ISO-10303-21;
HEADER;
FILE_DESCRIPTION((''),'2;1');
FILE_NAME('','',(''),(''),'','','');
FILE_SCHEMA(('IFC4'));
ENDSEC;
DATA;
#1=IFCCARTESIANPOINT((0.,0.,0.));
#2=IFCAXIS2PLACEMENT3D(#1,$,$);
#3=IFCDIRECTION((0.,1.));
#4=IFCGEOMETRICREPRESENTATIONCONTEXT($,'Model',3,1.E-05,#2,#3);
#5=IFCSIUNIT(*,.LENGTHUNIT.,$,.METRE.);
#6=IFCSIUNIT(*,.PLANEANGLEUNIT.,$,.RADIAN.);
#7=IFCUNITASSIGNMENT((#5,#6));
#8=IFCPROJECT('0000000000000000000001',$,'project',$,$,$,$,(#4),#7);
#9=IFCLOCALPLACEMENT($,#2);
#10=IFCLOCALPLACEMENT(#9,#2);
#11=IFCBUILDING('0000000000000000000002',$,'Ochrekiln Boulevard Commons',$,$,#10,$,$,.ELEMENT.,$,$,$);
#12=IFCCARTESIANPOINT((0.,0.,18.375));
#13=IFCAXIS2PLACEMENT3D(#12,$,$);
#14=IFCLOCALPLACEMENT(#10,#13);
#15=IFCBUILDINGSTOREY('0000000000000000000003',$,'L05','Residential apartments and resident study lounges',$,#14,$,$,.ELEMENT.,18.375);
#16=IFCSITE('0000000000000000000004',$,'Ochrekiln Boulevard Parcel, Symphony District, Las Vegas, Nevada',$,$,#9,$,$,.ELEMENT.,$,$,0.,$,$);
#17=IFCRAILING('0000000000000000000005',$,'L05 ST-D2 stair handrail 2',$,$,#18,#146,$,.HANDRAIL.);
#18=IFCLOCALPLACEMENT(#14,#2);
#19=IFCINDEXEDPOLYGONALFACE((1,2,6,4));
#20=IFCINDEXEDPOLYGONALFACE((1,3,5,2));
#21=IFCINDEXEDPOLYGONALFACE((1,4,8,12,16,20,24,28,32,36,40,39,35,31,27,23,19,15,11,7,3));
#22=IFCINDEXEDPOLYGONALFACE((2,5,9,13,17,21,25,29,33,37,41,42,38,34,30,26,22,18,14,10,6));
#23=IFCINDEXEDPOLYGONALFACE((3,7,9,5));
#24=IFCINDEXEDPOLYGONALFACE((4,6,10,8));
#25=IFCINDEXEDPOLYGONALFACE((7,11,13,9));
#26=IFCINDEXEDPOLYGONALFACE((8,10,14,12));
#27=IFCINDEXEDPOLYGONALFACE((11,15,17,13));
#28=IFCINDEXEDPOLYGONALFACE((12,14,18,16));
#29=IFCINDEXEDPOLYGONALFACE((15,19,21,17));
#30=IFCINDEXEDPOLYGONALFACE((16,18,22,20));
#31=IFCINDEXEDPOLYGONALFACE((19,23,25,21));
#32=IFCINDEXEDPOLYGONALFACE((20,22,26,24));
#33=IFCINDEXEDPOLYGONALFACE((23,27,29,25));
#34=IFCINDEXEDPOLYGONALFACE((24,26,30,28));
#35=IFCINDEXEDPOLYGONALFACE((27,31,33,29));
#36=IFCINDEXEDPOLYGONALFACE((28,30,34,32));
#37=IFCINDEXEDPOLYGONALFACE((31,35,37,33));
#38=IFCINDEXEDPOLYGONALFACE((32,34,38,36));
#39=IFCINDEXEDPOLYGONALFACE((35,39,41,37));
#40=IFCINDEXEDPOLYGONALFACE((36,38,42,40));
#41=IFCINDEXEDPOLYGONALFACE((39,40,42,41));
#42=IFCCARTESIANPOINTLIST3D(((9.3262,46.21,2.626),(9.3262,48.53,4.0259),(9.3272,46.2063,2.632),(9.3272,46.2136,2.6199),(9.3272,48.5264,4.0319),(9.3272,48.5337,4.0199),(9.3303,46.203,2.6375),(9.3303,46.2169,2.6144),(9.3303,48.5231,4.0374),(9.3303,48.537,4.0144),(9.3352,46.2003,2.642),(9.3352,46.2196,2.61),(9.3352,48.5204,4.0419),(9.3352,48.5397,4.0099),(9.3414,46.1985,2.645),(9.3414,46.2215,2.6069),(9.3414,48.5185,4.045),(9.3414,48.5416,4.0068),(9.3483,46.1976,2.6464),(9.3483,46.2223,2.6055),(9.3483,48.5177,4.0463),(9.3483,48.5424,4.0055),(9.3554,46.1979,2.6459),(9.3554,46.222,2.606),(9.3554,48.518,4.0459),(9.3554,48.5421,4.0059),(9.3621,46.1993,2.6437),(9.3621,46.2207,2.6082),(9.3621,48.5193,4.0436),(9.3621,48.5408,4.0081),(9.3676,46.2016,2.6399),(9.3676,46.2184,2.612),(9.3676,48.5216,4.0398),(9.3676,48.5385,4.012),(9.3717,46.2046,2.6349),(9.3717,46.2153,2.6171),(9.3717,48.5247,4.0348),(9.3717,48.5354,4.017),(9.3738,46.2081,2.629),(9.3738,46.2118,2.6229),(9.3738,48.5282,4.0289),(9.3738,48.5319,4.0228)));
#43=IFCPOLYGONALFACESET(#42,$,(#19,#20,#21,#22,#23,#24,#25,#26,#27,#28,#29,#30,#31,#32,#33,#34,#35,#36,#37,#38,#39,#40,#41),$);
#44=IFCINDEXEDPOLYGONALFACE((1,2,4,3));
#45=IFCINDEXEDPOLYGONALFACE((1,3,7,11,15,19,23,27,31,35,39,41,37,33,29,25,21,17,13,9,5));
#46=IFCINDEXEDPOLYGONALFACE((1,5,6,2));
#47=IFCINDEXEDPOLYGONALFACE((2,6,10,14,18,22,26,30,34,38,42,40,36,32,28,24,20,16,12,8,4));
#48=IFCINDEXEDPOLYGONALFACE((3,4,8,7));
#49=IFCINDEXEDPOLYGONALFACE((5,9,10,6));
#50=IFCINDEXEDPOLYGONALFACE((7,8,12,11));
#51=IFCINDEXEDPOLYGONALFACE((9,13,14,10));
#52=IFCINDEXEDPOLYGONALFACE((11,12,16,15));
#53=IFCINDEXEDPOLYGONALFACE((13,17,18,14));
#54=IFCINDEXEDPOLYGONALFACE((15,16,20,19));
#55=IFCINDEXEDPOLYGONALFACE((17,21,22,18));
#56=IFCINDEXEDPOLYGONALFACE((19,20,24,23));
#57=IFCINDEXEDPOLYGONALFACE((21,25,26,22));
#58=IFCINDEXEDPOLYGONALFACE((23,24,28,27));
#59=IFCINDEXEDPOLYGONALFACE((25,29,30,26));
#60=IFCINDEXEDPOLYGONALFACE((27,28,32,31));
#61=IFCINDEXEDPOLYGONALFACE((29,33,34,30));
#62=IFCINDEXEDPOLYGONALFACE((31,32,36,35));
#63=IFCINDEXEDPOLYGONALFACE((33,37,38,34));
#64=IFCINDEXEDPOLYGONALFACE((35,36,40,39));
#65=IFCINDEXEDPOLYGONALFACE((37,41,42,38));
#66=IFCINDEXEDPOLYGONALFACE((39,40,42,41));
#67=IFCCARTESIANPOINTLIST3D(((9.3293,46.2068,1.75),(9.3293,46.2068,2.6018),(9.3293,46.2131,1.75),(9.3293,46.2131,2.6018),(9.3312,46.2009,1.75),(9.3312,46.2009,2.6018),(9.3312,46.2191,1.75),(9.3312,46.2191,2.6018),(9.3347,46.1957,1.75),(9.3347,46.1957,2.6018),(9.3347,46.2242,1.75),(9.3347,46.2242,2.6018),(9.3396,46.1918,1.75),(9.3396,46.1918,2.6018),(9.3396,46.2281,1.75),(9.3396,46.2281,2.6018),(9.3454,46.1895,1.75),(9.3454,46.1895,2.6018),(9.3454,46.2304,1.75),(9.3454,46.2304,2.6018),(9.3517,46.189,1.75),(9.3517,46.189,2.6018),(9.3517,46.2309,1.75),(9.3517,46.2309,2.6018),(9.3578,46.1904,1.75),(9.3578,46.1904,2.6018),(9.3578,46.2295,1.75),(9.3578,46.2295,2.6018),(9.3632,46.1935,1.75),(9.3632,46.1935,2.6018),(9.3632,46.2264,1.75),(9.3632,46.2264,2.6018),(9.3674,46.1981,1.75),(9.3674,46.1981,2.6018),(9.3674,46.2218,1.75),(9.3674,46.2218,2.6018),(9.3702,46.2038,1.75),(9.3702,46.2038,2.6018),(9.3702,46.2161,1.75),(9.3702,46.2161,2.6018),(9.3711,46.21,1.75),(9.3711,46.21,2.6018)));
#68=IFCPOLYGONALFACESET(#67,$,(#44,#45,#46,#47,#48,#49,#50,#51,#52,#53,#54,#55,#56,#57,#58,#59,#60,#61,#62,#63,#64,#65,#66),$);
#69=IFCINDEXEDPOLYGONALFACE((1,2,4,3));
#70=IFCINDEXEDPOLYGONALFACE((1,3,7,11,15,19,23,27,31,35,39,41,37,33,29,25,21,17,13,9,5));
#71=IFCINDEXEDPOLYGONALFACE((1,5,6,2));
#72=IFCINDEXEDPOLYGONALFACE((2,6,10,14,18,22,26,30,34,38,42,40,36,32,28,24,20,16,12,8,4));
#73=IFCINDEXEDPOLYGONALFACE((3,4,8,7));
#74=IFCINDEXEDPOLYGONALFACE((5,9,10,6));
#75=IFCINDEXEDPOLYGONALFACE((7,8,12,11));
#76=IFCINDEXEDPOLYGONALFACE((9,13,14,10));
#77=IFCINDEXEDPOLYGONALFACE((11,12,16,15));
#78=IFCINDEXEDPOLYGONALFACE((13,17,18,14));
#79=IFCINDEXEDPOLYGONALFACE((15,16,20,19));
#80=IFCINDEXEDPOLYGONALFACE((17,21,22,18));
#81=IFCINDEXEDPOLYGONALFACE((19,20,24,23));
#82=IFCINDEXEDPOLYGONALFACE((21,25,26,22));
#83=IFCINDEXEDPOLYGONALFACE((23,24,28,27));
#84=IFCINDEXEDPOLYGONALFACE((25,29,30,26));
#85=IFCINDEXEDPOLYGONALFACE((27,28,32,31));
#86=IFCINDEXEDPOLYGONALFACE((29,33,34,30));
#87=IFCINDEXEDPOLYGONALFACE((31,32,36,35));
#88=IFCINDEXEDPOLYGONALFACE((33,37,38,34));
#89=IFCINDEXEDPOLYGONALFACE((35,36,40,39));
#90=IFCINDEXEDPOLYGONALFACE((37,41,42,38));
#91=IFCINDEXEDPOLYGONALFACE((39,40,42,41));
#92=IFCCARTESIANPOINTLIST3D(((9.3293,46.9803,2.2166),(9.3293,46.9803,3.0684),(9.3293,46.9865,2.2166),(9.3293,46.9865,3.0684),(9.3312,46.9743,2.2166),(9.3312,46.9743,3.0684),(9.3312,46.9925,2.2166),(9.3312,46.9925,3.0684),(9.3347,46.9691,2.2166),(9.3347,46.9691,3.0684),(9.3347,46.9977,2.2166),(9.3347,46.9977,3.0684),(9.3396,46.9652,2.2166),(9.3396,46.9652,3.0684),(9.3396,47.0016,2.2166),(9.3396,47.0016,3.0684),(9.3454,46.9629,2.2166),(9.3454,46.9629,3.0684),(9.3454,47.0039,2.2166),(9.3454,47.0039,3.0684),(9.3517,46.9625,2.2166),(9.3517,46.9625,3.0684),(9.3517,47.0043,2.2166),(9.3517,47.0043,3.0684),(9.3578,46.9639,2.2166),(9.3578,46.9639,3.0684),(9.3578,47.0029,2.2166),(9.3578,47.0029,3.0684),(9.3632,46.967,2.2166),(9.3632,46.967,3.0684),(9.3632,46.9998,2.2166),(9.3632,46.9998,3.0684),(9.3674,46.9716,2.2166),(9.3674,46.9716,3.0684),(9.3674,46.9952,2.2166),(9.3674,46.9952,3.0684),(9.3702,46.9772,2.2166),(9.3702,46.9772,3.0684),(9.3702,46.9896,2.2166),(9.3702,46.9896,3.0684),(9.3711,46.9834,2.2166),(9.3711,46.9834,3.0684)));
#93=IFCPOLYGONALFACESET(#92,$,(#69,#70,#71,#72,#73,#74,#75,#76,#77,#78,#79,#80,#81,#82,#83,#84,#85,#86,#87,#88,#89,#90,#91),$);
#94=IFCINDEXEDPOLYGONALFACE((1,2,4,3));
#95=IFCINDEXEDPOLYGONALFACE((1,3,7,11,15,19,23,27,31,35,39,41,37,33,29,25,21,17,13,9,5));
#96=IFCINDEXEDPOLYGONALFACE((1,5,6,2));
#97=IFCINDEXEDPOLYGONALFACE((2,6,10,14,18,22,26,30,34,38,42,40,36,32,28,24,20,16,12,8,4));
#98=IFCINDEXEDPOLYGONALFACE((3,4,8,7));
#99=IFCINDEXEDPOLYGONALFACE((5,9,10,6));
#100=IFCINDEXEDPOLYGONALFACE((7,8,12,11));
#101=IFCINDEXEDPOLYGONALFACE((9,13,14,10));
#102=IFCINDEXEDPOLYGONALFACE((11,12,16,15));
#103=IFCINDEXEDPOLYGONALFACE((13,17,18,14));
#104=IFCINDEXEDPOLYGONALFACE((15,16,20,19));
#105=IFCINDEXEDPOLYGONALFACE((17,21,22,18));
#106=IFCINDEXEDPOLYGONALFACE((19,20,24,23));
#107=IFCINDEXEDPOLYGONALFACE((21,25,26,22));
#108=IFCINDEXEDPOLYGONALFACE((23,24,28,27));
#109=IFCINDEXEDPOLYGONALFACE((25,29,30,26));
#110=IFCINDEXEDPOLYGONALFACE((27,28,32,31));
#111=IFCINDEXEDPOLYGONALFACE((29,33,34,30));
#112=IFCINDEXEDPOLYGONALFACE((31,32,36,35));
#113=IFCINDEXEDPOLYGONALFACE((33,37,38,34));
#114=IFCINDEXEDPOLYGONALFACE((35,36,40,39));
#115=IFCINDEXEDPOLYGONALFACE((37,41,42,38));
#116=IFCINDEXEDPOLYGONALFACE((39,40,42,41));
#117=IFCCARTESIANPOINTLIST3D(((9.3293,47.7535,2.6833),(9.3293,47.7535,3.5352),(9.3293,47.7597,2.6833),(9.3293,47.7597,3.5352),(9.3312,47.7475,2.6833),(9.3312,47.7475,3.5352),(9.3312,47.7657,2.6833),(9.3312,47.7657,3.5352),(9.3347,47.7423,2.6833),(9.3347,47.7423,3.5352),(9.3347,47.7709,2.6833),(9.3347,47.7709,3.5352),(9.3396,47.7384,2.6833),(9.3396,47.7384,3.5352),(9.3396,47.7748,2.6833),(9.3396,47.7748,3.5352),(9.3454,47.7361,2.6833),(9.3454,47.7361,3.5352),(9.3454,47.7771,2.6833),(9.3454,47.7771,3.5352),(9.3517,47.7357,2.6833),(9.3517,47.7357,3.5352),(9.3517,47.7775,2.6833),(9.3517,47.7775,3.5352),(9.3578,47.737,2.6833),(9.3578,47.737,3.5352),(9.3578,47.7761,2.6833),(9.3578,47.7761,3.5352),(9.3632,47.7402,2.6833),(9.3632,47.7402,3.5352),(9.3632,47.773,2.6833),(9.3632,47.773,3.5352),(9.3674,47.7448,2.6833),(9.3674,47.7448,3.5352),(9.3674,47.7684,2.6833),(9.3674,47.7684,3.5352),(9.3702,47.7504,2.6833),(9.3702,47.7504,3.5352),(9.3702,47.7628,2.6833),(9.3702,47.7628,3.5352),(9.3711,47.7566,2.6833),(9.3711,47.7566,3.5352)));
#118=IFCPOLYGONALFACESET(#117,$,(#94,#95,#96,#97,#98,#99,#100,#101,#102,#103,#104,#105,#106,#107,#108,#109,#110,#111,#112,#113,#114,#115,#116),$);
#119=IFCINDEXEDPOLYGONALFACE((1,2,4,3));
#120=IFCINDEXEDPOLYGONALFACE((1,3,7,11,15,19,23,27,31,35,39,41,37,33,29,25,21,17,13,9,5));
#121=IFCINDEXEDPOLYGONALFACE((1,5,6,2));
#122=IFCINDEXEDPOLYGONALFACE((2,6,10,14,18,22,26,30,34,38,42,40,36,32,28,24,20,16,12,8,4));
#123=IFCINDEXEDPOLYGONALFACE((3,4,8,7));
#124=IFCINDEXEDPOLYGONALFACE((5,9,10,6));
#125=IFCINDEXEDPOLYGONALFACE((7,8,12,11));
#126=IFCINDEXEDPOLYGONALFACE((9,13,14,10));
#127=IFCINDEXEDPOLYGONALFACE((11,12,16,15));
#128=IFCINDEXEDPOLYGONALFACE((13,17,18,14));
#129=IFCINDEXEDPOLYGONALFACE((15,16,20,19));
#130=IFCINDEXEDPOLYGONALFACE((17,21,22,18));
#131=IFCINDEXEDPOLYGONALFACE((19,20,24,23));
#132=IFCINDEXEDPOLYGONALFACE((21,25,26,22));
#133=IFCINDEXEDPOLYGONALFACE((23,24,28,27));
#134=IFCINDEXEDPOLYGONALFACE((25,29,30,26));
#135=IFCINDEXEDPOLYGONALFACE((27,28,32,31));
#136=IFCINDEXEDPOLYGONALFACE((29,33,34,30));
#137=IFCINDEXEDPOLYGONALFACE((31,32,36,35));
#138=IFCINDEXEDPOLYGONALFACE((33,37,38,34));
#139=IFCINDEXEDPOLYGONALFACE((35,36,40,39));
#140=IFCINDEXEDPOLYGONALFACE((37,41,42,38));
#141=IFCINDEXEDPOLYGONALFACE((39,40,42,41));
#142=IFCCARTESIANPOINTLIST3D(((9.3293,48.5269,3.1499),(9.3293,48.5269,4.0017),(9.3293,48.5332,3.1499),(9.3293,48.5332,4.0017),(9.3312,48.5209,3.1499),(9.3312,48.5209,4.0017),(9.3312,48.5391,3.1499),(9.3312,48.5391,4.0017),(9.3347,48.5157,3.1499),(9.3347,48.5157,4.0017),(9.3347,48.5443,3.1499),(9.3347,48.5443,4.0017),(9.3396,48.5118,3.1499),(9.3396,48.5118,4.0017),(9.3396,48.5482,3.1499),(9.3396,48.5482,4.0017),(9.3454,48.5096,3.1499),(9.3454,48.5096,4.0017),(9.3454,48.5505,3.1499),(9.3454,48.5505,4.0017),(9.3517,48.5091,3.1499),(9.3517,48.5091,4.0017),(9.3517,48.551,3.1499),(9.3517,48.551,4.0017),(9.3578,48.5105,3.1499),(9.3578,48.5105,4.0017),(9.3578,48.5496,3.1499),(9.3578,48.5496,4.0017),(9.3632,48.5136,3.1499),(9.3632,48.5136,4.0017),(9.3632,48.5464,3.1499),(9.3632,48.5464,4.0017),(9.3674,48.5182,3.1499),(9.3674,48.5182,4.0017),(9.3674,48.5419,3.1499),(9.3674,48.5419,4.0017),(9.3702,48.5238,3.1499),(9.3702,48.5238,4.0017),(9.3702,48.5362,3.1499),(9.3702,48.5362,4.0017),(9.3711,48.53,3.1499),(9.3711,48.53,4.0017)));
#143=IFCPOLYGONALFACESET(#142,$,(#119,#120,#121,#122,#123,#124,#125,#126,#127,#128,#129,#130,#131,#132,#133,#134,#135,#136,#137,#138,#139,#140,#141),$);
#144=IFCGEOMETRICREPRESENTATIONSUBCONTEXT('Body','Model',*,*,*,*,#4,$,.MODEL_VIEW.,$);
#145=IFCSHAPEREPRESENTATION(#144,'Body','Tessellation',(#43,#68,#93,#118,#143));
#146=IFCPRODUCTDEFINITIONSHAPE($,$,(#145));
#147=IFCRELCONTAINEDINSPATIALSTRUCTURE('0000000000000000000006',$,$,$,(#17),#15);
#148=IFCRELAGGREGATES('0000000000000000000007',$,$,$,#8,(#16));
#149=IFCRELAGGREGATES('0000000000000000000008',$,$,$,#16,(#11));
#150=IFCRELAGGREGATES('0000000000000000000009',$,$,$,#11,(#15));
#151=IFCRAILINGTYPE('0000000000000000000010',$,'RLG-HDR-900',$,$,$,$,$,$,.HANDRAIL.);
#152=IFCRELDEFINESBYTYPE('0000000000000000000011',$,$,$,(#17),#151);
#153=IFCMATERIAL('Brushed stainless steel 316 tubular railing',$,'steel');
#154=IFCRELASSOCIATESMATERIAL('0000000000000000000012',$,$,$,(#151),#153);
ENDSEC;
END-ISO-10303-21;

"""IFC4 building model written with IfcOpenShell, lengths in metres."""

from ifc_helpers import new_model, si_unit, direction, frame, origin, origin_2d, place, context, subcontext, project, spatial, circle, extrude, material, type_object, element, save


model = new_model("IFC4")

# Units and contexts
model_context = context("Model", 3, precision=1e-05, world=origin(), true_north=direction((0.0, 1.0)))
body_context = subcontext(model_context, "Body", "Model", "MODEL_VIEW")
ifc_project = project(units=[si_unit("LENGTHUNIT", "METRE"), si_unit("PLANEANGLEUNIT", "RADIAN")], contexts=[model_context])

# Site, building, storey
site_placement = place(None, origin())
site = spatial("IfcSite", under=ifc_project, at=site_placement, Name="Ochrekiln Boulevard Parcel, Symphony District, Las Vegas, Nevada", CompositionType="ELEMENT", RefElevation=0.0)
building_placement = place(site_placement, origin())
building = spatial("IfcBuilding", under=site, at=building_placement, Name="Ochrekiln Boulevard Commons", CompositionType="ELEMENT")
storey_placement = place(building_placement, frame((0.0, 0.0, 18.375)))
storey = spatial("IfcBuildingStorey", under=building, at=storey_placement, Name="L05", Description="Residential apartments and resident study lounges", CompositionType="ELEMENT", Elevation=18.375)

# Railing
ifc_material_1 = material(Name="Brushed stainless steel 316 tubular railing", Category="steel")
railing_type_1 = type_object("IfcRailingType", Name="RLG-HDR-900", PredefinedType="HANDRAIL", material=ifc_material_1)
railing_1_placement = place(storey_placement, frame((9.3501, 46.21, 1.75)))
element("IfcRailing", 1, at=railing_1_placement, inside=storey, type_object=railing_type_1, Name="L05 ST-D2 stair handrail 2", PredefinedType="HANDRAIL", context=body_context, shape_type="SweptSolid", body=[
    extrude(circle(Radius=0.0239, at=origin_2d()), frame((0.0, 0.0, 0.876), z_axis=(0.0, 0.85621, 0.516627), x_axis=(-1.0, 0.0, 0.0)), (0.0, 0.0, 1.0), 2.7097),
    extrude(circle(Radius=0.021, at=origin_2d()), origin(), (0.0, 0.0, 1.0), 0.8518),
    extrude(circle(Radius=0.021, at=origin_2d()), frame((0.0, 0.7734, 0.4666)), (0.0, 0.0, 1.0), 0.8518),
    extrude(circle(Radius=0.021, at=origin_2d()), frame((0.0, 1.5466, 0.9333)), (0.0, 0.0, 1.0), 0.8518),
    extrude(circle(Radius=0.021, at=origin_2d()), frame((0.0, 2.3201, 1.3999)), (0.0, 0.0, 1.0), 0.8518),
])

save(model, "model.ifc")
